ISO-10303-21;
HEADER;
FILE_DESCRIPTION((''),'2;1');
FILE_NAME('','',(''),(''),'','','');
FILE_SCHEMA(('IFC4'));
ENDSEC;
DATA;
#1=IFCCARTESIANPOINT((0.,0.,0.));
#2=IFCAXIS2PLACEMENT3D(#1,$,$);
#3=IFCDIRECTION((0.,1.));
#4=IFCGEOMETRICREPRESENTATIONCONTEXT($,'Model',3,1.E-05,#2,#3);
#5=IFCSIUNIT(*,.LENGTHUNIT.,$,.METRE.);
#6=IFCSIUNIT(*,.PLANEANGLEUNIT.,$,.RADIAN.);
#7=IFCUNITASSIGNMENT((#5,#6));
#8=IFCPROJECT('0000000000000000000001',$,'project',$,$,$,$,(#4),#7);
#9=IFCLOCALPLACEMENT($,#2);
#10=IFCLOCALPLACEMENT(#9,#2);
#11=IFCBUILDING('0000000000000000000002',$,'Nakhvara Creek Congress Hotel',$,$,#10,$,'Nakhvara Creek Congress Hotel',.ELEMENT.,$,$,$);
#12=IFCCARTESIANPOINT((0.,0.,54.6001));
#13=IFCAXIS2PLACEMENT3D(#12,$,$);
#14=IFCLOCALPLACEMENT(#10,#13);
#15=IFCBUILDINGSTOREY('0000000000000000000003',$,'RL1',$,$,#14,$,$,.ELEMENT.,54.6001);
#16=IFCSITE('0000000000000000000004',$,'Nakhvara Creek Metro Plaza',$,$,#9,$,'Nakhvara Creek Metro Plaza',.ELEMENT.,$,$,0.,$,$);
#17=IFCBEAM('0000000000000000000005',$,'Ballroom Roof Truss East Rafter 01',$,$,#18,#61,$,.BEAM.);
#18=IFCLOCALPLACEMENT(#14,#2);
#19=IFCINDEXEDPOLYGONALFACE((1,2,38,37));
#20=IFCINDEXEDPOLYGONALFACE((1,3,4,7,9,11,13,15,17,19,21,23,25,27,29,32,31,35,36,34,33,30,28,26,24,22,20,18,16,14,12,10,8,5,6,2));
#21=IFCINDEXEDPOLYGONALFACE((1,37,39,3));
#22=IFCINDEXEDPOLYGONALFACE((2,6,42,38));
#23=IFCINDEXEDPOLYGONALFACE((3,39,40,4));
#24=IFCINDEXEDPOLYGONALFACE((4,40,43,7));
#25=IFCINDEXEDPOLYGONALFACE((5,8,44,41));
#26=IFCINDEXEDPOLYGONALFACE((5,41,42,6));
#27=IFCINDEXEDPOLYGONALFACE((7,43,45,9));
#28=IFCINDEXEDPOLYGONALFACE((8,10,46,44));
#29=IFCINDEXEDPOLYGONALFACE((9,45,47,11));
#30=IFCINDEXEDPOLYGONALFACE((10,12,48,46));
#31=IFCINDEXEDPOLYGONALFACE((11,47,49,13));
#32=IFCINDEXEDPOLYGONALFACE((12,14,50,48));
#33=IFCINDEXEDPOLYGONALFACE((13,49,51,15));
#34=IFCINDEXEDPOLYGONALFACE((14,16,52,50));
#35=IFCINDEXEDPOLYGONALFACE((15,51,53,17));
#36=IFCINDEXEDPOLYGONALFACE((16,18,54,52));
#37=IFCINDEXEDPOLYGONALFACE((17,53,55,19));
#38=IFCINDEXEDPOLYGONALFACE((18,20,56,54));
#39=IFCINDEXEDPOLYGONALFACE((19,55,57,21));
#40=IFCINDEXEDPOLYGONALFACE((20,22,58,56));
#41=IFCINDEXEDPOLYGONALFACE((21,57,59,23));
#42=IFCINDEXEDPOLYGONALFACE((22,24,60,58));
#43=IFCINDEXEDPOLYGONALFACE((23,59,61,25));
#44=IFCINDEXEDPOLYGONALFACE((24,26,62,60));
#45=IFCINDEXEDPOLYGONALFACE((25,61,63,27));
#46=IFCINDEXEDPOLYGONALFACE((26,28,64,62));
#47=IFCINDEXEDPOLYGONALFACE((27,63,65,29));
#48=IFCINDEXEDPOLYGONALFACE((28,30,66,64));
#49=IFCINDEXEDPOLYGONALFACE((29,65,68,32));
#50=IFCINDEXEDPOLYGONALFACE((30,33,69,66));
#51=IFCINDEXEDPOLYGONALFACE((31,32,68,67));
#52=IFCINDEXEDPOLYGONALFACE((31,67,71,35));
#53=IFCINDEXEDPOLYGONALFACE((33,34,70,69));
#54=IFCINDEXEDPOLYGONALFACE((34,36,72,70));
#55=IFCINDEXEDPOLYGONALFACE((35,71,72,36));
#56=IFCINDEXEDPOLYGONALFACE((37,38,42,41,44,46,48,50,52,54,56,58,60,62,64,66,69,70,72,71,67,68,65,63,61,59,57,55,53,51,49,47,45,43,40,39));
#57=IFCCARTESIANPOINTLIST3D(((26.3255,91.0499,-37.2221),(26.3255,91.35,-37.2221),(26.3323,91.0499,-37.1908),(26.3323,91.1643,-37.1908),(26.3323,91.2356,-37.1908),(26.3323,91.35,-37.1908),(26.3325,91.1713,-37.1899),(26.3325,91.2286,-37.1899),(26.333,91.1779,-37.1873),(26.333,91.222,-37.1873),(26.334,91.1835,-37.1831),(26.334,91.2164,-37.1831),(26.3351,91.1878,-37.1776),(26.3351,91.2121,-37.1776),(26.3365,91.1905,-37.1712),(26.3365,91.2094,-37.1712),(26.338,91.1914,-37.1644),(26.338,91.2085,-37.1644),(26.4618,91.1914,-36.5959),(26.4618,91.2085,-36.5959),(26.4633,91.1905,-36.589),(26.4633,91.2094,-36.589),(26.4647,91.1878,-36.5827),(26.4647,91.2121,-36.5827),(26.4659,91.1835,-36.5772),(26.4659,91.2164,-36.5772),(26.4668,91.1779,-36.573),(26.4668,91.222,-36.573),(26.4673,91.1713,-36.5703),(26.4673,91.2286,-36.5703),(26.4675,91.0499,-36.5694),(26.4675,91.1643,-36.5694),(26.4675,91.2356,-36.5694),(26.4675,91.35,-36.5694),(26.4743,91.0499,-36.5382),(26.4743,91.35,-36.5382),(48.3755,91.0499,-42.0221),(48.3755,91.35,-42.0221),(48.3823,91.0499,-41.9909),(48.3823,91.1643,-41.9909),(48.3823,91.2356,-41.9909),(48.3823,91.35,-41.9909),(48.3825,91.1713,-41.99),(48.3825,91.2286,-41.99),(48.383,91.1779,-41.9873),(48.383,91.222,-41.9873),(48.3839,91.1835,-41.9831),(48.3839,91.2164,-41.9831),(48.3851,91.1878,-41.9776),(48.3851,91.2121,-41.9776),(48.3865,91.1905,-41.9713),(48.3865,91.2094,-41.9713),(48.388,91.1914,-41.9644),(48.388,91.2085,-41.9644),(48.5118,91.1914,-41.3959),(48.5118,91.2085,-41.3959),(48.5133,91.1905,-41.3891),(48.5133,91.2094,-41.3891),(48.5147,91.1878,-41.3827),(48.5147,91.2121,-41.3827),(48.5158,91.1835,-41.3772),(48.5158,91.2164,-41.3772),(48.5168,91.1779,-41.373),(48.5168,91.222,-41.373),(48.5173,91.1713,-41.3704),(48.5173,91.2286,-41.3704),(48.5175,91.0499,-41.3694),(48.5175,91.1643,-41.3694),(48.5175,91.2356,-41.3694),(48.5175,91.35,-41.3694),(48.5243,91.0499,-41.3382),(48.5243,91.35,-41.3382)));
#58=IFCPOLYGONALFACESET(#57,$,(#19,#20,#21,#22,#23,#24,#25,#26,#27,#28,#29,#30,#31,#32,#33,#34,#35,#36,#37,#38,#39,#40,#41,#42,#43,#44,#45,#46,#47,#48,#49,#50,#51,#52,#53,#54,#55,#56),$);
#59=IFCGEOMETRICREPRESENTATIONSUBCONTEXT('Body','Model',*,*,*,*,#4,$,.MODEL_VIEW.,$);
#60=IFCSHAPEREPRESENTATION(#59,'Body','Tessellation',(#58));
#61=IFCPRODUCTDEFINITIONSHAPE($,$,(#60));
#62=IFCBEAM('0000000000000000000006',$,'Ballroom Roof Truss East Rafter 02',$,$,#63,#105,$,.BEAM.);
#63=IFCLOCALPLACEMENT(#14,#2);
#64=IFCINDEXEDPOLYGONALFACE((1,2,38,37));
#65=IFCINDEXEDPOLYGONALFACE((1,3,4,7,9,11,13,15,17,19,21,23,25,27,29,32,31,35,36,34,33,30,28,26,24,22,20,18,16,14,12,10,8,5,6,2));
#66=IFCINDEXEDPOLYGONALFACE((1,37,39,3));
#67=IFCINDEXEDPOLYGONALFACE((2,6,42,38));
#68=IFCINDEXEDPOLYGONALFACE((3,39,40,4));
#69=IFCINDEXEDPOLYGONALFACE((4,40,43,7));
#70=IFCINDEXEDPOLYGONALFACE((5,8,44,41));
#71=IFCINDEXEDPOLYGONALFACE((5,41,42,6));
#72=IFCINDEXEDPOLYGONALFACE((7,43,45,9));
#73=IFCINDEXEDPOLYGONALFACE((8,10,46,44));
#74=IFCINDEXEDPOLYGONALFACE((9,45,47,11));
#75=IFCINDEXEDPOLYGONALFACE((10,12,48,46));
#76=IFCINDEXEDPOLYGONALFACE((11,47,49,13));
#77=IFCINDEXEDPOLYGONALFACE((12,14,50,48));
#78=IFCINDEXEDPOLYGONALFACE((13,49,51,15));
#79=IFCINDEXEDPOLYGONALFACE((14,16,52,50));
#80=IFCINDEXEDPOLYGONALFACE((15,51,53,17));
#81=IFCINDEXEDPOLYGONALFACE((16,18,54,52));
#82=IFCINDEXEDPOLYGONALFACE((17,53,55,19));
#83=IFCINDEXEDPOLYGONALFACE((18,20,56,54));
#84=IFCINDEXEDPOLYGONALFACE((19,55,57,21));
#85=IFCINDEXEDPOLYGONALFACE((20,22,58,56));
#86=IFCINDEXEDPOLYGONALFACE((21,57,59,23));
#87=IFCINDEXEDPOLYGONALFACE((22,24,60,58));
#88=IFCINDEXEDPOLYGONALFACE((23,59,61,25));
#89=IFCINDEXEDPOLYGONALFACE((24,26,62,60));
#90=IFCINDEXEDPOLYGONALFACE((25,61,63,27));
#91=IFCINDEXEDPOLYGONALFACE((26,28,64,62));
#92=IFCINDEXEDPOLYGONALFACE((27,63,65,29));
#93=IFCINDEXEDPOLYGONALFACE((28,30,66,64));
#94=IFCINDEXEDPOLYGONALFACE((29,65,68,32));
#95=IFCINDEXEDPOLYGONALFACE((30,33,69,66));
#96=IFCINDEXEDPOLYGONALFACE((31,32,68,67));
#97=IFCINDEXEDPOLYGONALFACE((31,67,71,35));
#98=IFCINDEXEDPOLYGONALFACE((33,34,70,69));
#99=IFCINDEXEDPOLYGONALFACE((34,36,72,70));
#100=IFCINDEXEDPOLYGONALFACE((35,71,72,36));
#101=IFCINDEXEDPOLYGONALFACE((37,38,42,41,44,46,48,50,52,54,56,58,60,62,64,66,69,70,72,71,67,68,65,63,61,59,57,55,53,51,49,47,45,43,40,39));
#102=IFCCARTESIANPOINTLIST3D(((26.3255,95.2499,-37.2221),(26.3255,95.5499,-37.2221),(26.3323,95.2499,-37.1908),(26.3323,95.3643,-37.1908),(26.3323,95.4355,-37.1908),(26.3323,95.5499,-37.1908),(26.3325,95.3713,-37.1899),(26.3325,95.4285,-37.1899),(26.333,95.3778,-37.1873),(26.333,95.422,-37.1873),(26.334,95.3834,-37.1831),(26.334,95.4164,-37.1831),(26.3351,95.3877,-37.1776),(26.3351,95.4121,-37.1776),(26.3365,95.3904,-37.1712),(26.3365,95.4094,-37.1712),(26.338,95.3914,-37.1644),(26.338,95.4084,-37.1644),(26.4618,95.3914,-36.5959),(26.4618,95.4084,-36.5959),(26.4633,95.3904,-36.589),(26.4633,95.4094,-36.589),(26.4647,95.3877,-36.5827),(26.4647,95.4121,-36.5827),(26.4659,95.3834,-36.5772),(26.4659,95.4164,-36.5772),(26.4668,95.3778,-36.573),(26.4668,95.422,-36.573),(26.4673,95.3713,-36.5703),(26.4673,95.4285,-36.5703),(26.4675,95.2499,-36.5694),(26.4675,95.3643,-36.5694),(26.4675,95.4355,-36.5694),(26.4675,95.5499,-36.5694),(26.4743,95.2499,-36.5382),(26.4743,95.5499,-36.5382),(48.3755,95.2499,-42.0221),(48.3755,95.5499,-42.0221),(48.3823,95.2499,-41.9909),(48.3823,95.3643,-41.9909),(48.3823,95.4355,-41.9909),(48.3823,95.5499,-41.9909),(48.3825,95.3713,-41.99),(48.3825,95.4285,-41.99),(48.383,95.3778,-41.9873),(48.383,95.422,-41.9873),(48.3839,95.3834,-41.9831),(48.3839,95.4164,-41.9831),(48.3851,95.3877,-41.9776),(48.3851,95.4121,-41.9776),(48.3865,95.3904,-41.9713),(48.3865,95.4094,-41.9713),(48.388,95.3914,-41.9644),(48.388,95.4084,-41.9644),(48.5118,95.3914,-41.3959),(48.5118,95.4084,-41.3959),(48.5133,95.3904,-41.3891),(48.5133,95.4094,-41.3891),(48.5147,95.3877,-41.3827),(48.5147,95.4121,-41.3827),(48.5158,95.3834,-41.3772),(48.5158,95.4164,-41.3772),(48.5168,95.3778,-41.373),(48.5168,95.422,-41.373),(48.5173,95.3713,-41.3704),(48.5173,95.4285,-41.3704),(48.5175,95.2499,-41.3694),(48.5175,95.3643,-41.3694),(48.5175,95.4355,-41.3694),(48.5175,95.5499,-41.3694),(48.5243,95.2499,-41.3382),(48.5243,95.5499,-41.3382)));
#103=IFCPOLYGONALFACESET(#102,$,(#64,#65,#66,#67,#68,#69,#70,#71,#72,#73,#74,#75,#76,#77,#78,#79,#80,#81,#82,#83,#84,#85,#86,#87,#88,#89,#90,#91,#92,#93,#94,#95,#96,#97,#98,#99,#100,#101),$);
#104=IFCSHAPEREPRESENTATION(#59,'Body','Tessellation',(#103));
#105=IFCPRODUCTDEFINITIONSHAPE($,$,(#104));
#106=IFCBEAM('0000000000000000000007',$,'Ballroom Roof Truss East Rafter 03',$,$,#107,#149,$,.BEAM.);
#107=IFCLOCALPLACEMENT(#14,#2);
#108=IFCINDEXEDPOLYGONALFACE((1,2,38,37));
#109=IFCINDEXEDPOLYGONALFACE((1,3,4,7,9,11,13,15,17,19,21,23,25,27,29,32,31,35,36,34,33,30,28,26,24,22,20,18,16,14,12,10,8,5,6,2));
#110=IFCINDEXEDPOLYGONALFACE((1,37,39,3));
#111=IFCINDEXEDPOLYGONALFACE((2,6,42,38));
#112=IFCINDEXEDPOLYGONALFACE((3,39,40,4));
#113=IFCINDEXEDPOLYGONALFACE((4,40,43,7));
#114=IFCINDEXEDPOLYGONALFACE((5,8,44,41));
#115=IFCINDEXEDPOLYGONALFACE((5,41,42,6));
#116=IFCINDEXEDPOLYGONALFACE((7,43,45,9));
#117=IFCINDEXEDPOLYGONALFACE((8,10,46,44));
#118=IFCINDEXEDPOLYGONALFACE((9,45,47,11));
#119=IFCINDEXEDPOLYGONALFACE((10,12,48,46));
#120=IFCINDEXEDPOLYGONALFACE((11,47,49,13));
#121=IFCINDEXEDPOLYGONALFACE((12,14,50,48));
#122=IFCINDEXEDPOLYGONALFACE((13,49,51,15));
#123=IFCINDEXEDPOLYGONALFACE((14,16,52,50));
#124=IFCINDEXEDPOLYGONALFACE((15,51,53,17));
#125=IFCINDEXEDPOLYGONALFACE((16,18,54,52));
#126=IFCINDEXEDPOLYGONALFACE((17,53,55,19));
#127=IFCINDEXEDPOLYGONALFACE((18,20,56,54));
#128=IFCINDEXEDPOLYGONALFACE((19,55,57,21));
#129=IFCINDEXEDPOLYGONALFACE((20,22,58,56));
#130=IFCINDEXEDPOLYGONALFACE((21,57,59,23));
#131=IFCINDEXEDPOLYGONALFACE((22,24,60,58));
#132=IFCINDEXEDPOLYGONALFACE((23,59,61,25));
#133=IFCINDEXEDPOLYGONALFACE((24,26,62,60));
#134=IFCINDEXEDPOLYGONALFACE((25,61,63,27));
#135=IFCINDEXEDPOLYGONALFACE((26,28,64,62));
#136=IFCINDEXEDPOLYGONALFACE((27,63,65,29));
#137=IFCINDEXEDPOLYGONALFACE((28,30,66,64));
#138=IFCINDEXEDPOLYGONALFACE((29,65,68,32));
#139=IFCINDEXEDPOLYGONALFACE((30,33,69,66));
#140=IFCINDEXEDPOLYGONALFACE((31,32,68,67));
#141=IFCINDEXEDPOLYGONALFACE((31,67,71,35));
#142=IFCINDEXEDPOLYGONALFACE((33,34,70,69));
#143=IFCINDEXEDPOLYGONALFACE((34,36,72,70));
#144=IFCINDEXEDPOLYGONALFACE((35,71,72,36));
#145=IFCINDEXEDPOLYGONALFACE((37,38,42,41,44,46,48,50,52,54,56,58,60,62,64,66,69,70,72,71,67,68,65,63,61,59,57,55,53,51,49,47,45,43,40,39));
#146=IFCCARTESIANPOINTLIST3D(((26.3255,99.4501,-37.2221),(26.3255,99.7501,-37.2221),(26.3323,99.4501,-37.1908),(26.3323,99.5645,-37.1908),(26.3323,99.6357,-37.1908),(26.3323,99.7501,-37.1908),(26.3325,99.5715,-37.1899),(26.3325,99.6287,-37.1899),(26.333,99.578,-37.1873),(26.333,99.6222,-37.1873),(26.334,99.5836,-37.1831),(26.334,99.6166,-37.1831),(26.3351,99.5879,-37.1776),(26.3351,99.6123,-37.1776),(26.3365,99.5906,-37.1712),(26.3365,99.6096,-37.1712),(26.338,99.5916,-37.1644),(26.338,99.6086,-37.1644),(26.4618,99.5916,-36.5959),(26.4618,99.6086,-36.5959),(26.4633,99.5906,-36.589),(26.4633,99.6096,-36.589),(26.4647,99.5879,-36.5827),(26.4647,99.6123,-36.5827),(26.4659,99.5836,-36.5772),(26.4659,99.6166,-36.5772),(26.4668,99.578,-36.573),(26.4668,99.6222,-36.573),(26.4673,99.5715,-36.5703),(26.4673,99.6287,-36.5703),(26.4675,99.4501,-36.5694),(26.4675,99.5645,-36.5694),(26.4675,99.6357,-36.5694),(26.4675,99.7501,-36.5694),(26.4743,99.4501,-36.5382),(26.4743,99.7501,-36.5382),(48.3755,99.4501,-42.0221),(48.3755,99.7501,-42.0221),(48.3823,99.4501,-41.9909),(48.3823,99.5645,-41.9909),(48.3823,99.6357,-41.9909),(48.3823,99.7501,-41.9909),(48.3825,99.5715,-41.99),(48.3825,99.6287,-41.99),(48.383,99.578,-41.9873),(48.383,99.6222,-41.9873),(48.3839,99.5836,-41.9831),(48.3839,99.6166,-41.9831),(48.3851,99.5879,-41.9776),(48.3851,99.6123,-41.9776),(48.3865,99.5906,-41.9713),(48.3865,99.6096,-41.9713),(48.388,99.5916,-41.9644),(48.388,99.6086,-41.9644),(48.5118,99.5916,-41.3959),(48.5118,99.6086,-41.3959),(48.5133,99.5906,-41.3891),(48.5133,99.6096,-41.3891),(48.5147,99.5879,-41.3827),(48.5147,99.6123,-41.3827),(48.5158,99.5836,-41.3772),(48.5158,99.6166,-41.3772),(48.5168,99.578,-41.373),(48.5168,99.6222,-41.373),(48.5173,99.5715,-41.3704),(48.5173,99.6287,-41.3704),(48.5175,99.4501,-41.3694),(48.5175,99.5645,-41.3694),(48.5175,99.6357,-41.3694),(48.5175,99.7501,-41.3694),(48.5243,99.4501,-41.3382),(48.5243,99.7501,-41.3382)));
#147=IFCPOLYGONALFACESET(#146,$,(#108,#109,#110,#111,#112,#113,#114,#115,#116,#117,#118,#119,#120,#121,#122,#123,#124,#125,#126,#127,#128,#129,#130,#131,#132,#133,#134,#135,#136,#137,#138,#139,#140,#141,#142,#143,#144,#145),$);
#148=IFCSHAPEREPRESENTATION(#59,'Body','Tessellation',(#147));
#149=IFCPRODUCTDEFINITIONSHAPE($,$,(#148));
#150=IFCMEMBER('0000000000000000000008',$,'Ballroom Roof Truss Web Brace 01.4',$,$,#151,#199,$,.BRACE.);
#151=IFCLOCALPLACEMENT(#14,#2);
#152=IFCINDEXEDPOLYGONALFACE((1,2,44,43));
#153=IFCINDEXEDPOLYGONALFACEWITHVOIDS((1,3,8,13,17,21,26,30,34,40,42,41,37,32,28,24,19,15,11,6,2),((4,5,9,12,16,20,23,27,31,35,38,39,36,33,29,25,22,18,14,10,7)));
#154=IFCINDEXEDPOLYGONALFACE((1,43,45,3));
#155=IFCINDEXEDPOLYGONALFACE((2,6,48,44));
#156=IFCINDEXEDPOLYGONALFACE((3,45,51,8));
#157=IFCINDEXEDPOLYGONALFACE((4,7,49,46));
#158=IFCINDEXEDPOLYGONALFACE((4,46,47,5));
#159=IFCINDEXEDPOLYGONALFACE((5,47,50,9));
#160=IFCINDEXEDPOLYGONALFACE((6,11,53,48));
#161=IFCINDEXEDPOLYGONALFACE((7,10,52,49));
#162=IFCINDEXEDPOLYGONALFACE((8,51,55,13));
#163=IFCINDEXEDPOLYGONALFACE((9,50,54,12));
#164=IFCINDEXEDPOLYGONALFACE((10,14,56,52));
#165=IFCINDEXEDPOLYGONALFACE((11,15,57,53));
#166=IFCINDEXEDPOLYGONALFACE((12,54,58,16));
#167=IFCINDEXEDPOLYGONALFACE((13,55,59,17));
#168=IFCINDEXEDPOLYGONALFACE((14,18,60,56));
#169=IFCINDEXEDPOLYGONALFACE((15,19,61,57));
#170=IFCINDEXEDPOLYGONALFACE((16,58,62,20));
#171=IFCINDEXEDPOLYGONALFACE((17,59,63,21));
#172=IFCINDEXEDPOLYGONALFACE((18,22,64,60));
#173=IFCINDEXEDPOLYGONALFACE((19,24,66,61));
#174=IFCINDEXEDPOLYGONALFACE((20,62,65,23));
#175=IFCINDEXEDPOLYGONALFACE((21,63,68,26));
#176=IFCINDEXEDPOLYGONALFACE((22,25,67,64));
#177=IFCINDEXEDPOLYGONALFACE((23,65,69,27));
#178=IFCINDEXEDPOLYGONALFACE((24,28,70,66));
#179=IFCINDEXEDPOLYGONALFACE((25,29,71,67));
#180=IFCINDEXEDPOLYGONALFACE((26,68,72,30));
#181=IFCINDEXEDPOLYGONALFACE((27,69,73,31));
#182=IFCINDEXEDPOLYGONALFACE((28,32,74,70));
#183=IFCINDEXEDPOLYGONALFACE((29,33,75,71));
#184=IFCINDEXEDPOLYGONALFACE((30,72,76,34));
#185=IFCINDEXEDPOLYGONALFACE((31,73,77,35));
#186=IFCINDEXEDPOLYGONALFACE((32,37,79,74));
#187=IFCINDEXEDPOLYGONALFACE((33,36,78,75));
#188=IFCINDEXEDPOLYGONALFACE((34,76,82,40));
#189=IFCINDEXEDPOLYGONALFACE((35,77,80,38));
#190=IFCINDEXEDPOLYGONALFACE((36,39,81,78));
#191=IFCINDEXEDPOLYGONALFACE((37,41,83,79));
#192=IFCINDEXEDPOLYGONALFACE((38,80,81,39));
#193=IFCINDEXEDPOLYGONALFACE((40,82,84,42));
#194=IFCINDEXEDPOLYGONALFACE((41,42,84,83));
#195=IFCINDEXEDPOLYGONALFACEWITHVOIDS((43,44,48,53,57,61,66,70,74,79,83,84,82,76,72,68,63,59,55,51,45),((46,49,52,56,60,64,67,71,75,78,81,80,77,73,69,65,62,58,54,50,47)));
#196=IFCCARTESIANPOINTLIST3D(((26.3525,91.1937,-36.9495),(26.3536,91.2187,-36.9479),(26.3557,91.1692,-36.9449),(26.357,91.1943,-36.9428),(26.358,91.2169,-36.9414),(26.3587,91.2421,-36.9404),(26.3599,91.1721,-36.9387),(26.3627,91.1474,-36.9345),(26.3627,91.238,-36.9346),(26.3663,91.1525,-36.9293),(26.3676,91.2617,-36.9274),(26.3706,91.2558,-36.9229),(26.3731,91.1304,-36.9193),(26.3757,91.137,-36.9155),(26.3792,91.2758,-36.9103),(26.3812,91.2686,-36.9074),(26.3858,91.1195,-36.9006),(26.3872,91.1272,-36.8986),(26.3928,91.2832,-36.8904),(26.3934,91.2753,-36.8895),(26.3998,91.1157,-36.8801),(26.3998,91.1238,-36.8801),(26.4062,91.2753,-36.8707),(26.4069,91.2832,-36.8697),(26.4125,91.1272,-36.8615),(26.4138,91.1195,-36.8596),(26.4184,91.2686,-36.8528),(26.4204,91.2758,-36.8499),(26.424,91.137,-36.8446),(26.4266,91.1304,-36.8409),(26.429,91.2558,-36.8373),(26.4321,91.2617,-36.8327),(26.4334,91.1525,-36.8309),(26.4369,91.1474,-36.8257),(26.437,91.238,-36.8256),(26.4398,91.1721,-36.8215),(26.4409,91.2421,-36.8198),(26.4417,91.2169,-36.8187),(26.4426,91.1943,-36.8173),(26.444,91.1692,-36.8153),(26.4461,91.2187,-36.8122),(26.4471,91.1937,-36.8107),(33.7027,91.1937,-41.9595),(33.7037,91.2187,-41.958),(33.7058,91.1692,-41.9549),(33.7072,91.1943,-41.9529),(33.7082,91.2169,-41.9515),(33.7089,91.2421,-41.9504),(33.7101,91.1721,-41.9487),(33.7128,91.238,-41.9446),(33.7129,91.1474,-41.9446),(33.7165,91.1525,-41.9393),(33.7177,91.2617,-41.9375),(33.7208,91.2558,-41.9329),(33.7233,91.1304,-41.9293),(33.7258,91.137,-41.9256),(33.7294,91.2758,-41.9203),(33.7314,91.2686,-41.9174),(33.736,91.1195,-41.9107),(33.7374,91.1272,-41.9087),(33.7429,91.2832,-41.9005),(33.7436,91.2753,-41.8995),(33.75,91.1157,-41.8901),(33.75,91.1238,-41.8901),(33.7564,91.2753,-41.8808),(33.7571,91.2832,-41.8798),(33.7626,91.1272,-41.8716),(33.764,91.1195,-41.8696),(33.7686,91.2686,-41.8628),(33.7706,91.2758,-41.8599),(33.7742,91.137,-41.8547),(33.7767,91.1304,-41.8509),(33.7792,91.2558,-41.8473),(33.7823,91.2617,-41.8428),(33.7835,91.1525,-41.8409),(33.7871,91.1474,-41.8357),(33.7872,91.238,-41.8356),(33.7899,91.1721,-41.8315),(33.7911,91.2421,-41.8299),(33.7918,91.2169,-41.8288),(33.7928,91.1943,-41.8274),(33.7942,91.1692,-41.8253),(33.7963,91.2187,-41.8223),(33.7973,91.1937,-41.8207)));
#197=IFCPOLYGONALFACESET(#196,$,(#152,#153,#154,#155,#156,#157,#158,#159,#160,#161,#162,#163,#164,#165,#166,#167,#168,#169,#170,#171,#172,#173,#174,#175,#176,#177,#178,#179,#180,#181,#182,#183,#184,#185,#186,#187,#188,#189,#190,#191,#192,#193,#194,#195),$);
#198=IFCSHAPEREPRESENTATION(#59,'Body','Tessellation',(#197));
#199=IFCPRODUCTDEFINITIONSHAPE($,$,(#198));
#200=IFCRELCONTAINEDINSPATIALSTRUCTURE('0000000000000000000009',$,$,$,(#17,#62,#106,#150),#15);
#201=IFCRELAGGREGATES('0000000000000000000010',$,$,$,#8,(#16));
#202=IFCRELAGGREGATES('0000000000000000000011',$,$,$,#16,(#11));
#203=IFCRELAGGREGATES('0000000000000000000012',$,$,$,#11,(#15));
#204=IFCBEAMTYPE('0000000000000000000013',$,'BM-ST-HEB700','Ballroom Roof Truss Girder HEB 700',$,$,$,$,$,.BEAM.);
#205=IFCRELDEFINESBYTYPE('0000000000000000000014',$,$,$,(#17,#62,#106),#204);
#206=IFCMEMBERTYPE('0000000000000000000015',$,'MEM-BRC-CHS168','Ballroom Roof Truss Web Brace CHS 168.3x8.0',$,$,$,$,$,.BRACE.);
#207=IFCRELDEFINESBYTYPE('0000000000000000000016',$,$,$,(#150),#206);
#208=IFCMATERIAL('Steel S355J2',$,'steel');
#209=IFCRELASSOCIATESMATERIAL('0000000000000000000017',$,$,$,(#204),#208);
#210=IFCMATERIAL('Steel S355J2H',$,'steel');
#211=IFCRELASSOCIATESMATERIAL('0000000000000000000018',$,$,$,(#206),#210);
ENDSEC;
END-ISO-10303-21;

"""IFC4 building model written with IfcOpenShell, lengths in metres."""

from ifc_helpers import new_model, si_unit, direction, frame, origin, origin_2d, place, context, subcontext, project, spatial, hollow_circle, i_section, extrude, material, material_profile, profile_set, type_object, element, save


model = new_model("IFC4")

# Units and contexts
model_context = context("Model", 3, precision=1e-05, world=origin(), true_north=direction((0.0, 1.0)))
body_context = subcontext(model_context, "Body", "Model", "MODEL_VIEW")
ifc_project = project(units=[si_unit("LENGTHUNIT", "METRE"), si_unit("PLANEANGLEUNIT", "RADIAN")], contexts=[model_context])

# Site, building, storey
site_placement = place(None, origin())
site = spatial("IfcSite", under=ifc_project, at=site_placement, Name="Nakhvara Creek Metro Plaza", LongName="Nakhvara Creek Metro Plaza", CompositionType="ELEMENT", RefElevation=0.0)
building_placement = place(site_placement, origin())
building = spatial("IfcBuilding", under=site, at=building_placement, Name="Nakhvara Creek Congress Hotel", LongName="Nakhvara Creek Congress Hotel", CompositionType="ELEMENT")
storey_placement = place(building_placement, frame((0.0, 0.0, 54.6001)))
storey = spatial("IfcBuildingStorey", under=building, at=storey_placement, Name="RL1", CompositionType="ELEMENT", Elevation=54.6001)

# Beams
ifc_material_1 = material(Name="Steel S355J2", Category="steel")
ifc_material_profile_1 = material_profile(ifc_material_1, i_section(OverallWidth=0.3, OverallDepth=0.7, WebThickness=0.0171, FlangeThickness=0.032, FilletRadius=0.0271, at=origin_2d()), Name="HEB 700", Category="LoadBearing")
ifc_profile_set_1 = profile_set([ifc_material_profile_1], Name="Steel S355J2")
beam_type = type_object("IfcBeamType", Name="BM-ST-HEB700", Description="Ballroom Roof Truss Girder HEB 700", PredefinedType="BEAM", material=ifc_profile_set_1)
for number, where, z_axis, x_axis, name in (
    (1, (26.3999, 91.2, -36.8801), (0.977116, 0.0, -0.212707), (0.0, 1.0, 0.0), "Ballroom Roof Truss East Rafter 01"),
    (2, (26.3999, 95.3999, -36.8801), (0.977116, 0.0, -0.212707), (0.0, 1.0, 0.0), "Ballroom Roof Truss East Rafter 02"),
    (3, (26.3999, 99.6001, -36.8801), (0.977116, 0.0, -0.212707), (0.0, 1.0, 0.0), "Ballroom Roof Truss East Rafter 03"),
):
    element("IfcBeam", number, at=place(storey_placement, frame(where, z_axis=z_axis, x_axis=x_axis)), inside=storey, type_object=beam_type, Name=name, PredefinedType="BEAM", context=body_context, shape_type="SweptSolid", body=[
        extrude(i_section(OverallWidth=0.3, OverallDepth=0.7, WebThickness=0.0171, FlangeThickness=0.032, FilletRadius=0.0271, at=origin_2d()), origin(), (0.0, 0.0, 1.0), 22.5664),
    ])

# Member
ifc_material_2 = material(Name="Steel S355J2H", Category="steel")
ifc_material_profile_2 = material_profile(ifc_material_2, hollow_circle(Radius=0.0842, WallThickness=0.0081, at=origin_2d()), Name="CHS 168.3x8.0", Category="LoadBearing")
ifc_profile_set_2 = profile_set([ifc_material_profile_2], Name="Steel S355J2H")
member_type_1 = type_object("IfcMemberType", Name="MEM-BRC-CHS168", Description="Ballroom Roof Truss Web Brace CHS 168.3x8.0", PredefinedType="BRACE", material=ifc_profile_set_2)
for number, where, z_axis, x_axis, name in (
    (4, (33.75, 91.2, -41.8901), (-0.826302, 0.0, 0.563228), (0.0, -1.0, 0.0), "Ballroom Roof Truss Web Brace 01.4"),
):
    element("IfcMember", number, at=place(storey_placement, frame(where, z_axis=z_axis, x_axis=x_axis)), inside=storey, type_object=member_type_1, Name=name, PredefinedType="BRACE", context=body_context, shape_type="SweptSolid", body=[
        extrude(hollow_circle(Radius=0.0842, WallThickness=0.0081, at=origin_2d()), origin(), (0.0, 0.0, 1.0), 8.8953),
    ])

save(model, "model.ifc")
